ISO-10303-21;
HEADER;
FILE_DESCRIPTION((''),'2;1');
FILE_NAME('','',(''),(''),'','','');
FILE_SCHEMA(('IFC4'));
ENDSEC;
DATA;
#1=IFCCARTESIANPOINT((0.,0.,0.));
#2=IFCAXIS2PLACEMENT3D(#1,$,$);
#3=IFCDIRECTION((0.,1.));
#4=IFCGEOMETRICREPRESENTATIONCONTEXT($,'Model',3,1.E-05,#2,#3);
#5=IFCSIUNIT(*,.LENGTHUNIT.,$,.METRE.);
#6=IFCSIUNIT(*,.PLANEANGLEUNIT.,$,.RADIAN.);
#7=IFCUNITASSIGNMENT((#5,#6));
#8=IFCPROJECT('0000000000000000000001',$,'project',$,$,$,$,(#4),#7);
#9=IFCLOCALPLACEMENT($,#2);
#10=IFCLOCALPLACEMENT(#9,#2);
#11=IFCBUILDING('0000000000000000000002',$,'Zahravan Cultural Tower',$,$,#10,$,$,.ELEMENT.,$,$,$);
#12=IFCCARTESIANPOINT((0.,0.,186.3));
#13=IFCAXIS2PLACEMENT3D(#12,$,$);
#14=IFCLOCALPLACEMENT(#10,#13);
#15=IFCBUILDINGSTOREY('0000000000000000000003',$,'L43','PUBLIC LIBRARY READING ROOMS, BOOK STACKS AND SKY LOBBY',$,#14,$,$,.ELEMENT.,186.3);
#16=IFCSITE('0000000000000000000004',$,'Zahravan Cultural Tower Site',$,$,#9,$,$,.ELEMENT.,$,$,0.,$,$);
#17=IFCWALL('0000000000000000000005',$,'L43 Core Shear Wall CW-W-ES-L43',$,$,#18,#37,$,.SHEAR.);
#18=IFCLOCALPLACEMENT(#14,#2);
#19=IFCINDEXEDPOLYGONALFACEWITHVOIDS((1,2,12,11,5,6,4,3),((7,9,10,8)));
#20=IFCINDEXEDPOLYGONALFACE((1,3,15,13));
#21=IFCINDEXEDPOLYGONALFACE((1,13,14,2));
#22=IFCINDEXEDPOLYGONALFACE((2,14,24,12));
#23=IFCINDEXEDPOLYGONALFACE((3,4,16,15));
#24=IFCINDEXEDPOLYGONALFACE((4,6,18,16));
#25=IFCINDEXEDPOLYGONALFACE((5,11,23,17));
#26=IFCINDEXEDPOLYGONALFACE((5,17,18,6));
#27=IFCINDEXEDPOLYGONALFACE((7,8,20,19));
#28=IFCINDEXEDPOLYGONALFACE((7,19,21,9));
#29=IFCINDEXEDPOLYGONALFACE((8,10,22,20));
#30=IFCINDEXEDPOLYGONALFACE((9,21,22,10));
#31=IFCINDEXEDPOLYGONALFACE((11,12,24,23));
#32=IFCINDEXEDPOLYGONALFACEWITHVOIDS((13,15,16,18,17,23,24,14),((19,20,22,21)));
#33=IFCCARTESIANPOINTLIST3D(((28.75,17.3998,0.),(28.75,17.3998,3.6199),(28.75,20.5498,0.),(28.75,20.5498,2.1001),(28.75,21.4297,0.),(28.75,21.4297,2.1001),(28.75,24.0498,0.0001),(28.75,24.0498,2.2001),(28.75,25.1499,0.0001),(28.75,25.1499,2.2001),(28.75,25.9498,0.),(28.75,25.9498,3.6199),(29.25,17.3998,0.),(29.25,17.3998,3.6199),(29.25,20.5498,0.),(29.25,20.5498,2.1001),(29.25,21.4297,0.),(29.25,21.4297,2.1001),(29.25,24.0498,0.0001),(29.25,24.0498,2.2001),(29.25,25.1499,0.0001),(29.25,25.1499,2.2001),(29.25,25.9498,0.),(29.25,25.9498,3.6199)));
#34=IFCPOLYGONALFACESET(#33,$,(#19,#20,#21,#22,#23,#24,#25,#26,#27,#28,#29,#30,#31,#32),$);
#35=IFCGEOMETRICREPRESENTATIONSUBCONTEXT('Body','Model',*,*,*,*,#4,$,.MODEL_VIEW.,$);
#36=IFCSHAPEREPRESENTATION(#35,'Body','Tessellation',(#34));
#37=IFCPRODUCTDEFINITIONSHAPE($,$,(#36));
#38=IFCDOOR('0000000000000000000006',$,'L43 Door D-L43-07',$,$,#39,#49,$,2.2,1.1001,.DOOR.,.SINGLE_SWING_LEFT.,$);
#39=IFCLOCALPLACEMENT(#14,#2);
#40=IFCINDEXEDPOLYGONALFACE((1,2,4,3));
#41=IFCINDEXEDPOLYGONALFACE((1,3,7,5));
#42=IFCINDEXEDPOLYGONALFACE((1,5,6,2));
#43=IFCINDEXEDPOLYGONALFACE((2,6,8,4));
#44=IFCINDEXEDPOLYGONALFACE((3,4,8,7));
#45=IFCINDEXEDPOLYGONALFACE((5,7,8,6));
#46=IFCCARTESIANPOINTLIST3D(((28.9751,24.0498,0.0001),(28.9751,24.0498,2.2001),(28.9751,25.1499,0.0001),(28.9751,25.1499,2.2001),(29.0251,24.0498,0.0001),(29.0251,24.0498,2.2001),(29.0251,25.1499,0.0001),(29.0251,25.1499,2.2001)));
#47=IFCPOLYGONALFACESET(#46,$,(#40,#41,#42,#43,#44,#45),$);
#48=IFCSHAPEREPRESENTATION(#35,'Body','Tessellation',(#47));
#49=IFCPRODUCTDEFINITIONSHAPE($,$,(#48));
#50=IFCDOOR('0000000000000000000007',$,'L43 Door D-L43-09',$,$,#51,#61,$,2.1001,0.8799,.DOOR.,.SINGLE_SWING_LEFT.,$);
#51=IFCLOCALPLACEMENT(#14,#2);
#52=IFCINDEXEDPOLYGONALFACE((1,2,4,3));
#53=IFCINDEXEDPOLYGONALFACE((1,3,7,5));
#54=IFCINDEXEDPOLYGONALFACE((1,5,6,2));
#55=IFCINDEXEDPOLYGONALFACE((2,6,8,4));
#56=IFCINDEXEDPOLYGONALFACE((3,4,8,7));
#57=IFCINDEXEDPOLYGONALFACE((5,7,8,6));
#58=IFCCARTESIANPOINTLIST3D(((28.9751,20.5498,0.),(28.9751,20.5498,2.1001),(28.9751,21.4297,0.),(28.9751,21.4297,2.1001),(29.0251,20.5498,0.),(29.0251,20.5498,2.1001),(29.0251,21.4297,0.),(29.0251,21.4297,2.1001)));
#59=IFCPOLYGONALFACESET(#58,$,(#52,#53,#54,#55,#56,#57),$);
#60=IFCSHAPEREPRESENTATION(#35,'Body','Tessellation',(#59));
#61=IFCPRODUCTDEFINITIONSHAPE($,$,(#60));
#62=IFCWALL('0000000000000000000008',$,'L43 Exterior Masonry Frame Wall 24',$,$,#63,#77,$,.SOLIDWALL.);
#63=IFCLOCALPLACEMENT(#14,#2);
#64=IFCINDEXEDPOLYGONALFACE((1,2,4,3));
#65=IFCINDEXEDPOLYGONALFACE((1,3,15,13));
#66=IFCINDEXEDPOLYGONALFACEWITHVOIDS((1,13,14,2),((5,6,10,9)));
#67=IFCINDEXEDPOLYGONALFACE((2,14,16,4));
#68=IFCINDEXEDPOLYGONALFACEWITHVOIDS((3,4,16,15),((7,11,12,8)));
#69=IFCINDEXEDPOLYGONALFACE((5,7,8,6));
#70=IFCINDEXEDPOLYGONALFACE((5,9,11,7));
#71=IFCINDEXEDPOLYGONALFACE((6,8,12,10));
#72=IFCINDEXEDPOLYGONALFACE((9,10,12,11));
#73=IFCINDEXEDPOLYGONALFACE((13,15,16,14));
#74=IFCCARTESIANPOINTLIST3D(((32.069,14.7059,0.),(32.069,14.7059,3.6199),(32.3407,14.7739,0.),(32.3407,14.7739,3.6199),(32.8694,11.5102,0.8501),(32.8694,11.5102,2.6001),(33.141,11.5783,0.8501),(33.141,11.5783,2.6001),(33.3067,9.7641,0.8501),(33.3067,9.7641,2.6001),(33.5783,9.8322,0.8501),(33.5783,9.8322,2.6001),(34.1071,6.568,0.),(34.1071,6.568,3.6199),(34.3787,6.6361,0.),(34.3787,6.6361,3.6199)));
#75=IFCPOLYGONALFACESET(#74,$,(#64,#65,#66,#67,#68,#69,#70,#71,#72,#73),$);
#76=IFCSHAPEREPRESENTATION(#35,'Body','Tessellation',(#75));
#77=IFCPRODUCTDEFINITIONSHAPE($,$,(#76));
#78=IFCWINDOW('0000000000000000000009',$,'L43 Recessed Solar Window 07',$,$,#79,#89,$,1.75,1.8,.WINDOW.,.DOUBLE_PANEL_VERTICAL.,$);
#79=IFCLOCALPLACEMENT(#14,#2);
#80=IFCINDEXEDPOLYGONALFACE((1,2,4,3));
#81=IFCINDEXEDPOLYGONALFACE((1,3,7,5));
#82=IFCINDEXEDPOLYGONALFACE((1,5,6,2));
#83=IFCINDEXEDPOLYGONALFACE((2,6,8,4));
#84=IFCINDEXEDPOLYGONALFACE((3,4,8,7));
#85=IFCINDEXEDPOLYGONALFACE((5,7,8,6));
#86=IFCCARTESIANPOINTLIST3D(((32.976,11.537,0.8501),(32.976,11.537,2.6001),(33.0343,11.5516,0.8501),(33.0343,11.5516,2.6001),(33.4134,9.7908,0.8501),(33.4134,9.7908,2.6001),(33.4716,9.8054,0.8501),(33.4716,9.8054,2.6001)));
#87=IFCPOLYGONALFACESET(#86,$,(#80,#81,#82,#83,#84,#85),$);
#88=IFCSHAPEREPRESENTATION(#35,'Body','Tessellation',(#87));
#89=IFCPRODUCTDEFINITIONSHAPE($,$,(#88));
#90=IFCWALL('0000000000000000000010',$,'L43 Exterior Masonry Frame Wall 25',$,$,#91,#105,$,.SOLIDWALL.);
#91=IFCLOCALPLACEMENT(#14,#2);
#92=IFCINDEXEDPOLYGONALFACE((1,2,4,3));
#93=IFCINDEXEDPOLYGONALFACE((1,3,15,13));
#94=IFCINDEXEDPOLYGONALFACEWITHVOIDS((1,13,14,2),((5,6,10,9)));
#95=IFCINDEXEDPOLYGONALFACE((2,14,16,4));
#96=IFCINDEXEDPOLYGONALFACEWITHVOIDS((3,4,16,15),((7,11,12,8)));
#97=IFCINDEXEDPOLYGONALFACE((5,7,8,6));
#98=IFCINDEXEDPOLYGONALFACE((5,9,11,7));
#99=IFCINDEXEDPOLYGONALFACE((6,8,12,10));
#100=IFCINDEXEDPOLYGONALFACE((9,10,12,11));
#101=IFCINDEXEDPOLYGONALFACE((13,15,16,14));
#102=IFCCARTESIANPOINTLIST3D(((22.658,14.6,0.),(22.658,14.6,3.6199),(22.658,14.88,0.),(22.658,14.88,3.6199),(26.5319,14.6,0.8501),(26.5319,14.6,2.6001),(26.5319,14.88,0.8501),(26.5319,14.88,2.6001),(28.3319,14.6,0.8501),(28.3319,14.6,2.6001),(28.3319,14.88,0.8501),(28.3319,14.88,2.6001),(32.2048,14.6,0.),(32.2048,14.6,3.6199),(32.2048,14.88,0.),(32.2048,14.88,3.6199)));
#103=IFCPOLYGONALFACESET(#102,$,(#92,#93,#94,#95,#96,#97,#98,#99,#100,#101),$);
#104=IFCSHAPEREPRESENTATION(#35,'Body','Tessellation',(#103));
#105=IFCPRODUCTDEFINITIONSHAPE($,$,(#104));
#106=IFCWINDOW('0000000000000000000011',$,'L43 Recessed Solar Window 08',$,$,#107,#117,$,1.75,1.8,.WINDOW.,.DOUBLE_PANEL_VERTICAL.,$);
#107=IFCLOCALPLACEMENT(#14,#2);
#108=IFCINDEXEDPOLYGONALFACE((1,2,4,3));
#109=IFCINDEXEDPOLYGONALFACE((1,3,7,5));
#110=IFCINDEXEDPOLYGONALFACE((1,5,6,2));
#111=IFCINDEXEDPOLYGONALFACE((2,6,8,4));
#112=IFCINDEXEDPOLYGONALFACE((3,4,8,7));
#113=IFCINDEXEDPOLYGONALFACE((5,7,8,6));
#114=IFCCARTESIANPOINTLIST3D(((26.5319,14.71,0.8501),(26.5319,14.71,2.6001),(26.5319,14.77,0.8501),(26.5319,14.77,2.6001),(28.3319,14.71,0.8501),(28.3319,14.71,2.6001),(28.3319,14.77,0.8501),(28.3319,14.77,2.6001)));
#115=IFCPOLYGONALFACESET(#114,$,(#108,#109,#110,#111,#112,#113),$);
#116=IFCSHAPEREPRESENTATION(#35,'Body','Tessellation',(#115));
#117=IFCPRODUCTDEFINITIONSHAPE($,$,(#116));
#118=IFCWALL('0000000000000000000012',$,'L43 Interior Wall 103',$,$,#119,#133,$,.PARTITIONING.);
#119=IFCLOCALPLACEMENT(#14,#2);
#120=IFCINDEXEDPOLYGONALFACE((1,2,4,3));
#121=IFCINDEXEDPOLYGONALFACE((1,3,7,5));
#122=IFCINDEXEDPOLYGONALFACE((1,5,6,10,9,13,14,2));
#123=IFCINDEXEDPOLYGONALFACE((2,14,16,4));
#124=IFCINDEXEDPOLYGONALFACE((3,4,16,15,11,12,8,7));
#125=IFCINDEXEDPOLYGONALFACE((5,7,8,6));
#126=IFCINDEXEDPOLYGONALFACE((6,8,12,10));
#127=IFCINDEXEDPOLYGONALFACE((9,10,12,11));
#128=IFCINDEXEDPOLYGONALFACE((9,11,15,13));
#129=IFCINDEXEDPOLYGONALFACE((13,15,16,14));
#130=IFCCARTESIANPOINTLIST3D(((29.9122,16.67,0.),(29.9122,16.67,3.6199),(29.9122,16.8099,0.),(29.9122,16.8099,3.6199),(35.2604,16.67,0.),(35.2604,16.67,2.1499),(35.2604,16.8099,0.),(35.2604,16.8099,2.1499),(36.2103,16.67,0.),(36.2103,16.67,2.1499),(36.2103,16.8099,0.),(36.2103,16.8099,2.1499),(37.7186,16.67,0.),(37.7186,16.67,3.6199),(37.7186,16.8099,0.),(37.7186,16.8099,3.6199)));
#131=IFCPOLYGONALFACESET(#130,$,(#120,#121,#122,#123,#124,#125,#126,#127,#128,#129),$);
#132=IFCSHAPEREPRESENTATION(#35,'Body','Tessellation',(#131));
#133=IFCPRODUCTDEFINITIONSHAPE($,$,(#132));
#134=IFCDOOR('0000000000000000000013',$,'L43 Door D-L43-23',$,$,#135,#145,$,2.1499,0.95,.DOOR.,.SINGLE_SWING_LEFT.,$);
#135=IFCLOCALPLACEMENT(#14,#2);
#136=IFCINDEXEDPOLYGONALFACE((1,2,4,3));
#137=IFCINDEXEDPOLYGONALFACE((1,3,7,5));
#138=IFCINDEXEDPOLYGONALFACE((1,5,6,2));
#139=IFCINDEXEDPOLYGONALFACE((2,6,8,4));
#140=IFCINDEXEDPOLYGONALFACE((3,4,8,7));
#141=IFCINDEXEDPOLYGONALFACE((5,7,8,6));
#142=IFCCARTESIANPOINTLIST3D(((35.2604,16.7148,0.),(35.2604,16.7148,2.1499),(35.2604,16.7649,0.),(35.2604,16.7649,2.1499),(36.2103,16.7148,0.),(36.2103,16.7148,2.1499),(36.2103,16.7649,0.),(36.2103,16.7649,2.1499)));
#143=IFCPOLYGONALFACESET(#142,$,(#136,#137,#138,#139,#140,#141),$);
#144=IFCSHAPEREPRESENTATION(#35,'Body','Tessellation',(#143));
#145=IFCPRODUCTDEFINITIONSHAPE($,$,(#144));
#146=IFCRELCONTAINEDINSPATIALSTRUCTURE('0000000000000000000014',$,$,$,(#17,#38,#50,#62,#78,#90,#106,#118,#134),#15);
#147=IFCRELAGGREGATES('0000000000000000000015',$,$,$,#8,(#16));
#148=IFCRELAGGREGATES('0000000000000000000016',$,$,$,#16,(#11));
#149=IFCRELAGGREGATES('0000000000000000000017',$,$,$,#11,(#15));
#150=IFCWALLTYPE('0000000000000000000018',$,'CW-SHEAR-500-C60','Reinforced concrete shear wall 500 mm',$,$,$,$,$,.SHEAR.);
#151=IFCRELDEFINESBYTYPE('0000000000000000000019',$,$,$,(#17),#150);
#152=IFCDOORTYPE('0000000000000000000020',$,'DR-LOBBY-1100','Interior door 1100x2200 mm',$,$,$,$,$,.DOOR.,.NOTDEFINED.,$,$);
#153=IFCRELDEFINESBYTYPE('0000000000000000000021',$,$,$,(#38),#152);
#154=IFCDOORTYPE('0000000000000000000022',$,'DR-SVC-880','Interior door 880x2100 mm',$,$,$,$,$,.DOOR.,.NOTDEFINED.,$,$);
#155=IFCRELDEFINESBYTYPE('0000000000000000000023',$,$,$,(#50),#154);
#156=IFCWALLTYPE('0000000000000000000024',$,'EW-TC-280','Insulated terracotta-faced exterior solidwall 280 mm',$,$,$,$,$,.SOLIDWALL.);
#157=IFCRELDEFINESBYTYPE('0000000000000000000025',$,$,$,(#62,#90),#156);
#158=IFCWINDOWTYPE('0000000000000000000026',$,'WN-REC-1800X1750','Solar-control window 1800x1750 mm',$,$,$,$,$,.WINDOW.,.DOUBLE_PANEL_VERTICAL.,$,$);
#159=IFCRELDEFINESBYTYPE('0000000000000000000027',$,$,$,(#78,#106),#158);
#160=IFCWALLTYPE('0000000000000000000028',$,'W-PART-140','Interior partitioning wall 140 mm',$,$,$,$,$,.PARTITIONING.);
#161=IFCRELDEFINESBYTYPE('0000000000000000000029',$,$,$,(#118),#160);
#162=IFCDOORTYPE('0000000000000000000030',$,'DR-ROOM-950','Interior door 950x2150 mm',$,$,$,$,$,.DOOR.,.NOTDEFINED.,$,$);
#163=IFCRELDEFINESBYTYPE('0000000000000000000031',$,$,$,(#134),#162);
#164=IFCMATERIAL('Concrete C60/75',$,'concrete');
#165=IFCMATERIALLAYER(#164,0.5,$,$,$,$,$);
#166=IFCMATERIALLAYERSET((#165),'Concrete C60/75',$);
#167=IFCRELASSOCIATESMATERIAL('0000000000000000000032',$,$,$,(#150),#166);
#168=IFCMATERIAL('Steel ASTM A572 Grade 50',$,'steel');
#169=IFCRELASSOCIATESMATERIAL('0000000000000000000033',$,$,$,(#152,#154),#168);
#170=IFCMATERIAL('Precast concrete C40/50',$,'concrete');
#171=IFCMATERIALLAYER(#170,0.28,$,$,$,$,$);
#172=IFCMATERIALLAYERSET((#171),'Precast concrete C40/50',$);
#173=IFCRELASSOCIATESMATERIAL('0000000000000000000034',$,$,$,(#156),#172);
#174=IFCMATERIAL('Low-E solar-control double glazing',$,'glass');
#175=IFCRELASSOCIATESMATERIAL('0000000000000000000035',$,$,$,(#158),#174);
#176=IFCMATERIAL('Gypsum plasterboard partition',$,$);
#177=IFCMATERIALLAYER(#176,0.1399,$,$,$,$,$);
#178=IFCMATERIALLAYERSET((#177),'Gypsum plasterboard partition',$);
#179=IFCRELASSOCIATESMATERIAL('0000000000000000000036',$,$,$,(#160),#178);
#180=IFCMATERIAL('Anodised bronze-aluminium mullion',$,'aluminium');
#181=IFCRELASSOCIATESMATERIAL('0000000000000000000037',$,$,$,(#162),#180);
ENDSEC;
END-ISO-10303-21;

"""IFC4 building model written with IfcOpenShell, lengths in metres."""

from ifc_helpers import new_model, si_unit, direction, frame, frame_2d, origin, place, context, subcontext, project, spatial, rectangle, extrude, source, transform, mapped, material, layer, layer_set, type_object, element, fill, save


model = new_model("IFC4")

# Units and contexts
model_context = context("Model", 3, precision=1e-05, world=origin(), true_north=direction((0.0, 1.0)))
body_context = subcontext(model_context, "Body", "Model", "MODEL_VIEW")
ifc_project = project(units=[si_unit("LENGTHUNIT", "METRE"), si_unit("PLANEANGLEUNIT", "RADIAN")], contexts=[model_context])

# Site, building, storey
site_placement = place(None, origin())
site = spatial("IfcSite", under=ifc_project, at=site_placement, Name="Zahravan Cultural Tower Site", CompositionType="ELEMENT", RefElevation=0.0)
building_placement = place(site_placement, origin())
building = spatial("IfcBuilding", under=site, at=building_placement, Name="Zahravan Cultural Tower", CompositionType="ELEMENT")
storey_placement = place(building_placement, frame((0.0, 0.0, 186.3)))
storey = spatial("IfcBuildingStorey", under=building, at=storey_placement, Name="L43", Description="PUBLIC LIBRARY READING ROOMS, BOOK STACKS AND SKY LOBBY", CompositionType="ELEMENT", Elevation=186.3)

# Wall, openings, doors
ifc_material_1 = material(Name="Concrete C60/75", Category="concrete")
ifc_layer_1 = layer(ifc_material_1, 0.5)
ifc_layer_set_1 = layer_set([ifc_layer_1], Name="Concrete C60/75")
wall_type_1 = type_object("IfcWallType", Name="CW-SHEAR-500-C60", Description="Reinforced concrete shear wall 500 mm", PredefinedType="SHEAR", material=ifc_layer_set_1)
wall_1_placement = place(storey_placement, frame((29.0, 17.3999, 0.0), z_axis=(0.0, 0.0, 1.0), x_axis=(0.0, 1.0, 0.0)))
wall_1 = element("IfcWall", 1, at=wall_1_placement, inside=storey, type_object=wall_type_1, Name="L43 Core Shear Wall CW-W-ES-L43", PredefinedType="SHEAR", context=body_context, shape_type="SweptSolid", body=[
    extrude(rectangle(XDim=8.55, YDim=0.5, at=frame_2d((4.2749, 0.0))), origin(), (0.0, 0.0, 1.0), 3.6199),
])
opening_1_placement = place(wall_1_placement, frame((6.6499, 0.0, 0.0)))
opening_1 = element("IfcOpeningElement", 2, at=opening_1_placement, cuts=wall_1, PredefinedType="OPENING", context=body_context, shape_type="SweptSolid", body=[
    extrude(rectangle(XDim=1.1001, YDim=2.2, at=frame_2d((0.55, 1.1001))), frame((0.0, 0.26, 0.0), z_axis=(0.0, -1.0, 0.0), x_axis=(1.0, 0.0, 0.0)), (0.0, 0.0, 1.0), 0.52),
])
opening_2_placement = place(wall_1_placement, frame((3.1499, 0.0, 0.0)))
opening_2 = element("IfcOpeningElement", 3, at=opening_2_placement, cuts=wall_1, PredefinedType="OPENING", context=body_context, shape_type="SweptSolid", body=[
    extrude(rectangle(XDim=0.8799, YDim=2.1001, at=frame_2d((0.4399, 1.05))), frame((0.0, 0.26, 0.0), z_axis=(0.0, -1.0, 0.0), x_axis=(1.0, 0.0, 0.0)), (0.0, 0.0, 1.0), 0.52),
])
ifc_material_2 = material(Name="Steel ASTM A572 Grade 50", Category="steel")
door_type_1 = type_object("IfcDoorType", Name="DR-LOBBY-1100", Description="Interior door 1100x2200 mm", OperationType="NOTDEFINED", PredefinedType="DOOR", material=ifc_material_2)
shared_shape_1 = source(origin(), body_context, "Body", "SweptSolid", [
    extrude(rectangle(XDim=1.1001, YDim=2.2, at=frame_2d((0.55, 1.1001))), frame((0.0, 0.0249, 0.0), z_axis=(0.0, -1.0, 0.0), x_axis=(1.0, 0.0, 0.0)), (0.0, 0.0, 1.0), 0.05),
])
door_1_placement = place(opening_1_placement, origin())
door_1 = element("IfcDoor", 4, at=door_1_placement, inside=storey, type_object=door_type_1, Name="L43 Door D-L43-07", OperationType="SINGLE_SWING_LEFT", OverallHeight=2.2, OverallWidth=1.1001, PredefinedType="DOOR", context=body_context, shape_type="MappedRepresentation", body=[
    mapped(shared_shape_1, transform((0.0, 0.0, 0.0), x_axis=(1.0, 0.0, 0.0), y_axis=(0.0, 1.0, 0.0), z_axis=(0.0, 0.0, 1.0), scale=1.0)),
])
fill(opening_1, door_1)
door_type_2 = type_object("IfcDoorType", Name="DR-SVC-880", Description="Interior door 880x2100 mm", OperationType="NOTDEFINED", PredefinedType="DOOR", material=ifc_material_2)
shared_shape_2 = source(origin(), body_context, "Body", "SweptSolid", [
    extrude(rectangle(XDim=0.8799, YDim=2.1001, at=frame_2d((0.4399, 1.05))), frame((0.0, 0.0249, 0.0), z_axis=(0.0, -1.0, 0.0), x_axis=(1.0, 0.0, 0.0)), (0.0, 0.0, 1.0), 0.05),
])
door_2_placement = place(opening_2_placement, origin())
door_2 = element("IfcDoor", 5, at=door_2_placement, inside=storey, type_object=door_type_2, Name="L43 Door D-L43-09", OperationType="SINGLE_SWING_LEFT", OverallHeight=2.1001, OverallWidth=0.8799, PredefinedType="DOOR", context=body_context, shape_type="MappedRepresentation", body=[
    mapped(shared_shape_2, transform((0.0, 0.0, 0.0), x_axis=(1.0, 0.0, 0.0), y_axis=(0.0, 1.0, 0.0), z_axis=(0.0, 0.0, 1.0), scale=1.0)),
])
fill(opening_2, door_2)

# Walls, openings, windows
ifc_material_3 = material(Name="Precast concrete C40/50", Category="concrete")
ifc_layer_2 = layer(ifc_material_3, 0.28)
ifc_layer_set_2 = layer_set([ifc_layer_2], Name="Precast concrete C40/50")
wall_type_2 = type_object("IfcWallType", Name="EW-TC-280", Description="Insulated terracotta-faced exterior solidwall 280 mm", PredefinedType="SOLIDWALL", material=ifc_layer_set_2)
wall_2_placement = place(storey_placement, frame((34.2429, 6.6021, 0.0), z_axis=(0.0, 0.0, 1.0), x_axis=(-0.24294, 0.970041, 0.0)))
wall_2 = element("IfcWall", 6, at=wall_2_placement, inside=storey, type_object=wall_type_2, Name="L43 Exterior Masonry Frame Wall 24", PredefinedType="SOLIDWALL", context=body_context, shape_type="SweptSolid", body=[
    extrude(rectangle(XDim=8.3892, YDim=0.28, at=frame_2d((4.1946, 0.0))), origin(), (0.0, 0.0, 1.0), 3.6199),
])
opening_3_placement = place(wall_2_placement, frame((3.2949, 0.0, 0.8501)))
opening_3 = element("IfcOpeningElement", 7, at=opening_3_placement, cuts=wall_2, PredefinedType="OPENING", context=body_context, shape_type="SweptSolid", body=[
    extrude(rectangle(XDim=1.8, YDim=1.75, at=frame_2d((0.8999, 0.875))), frame((0.0, 0.1499, 0.0), z_axis=(0.0, -1.0, 0.0), x_axis=(1.0, 0.0, 0.0)), (0.0, 0.0, 1.0), 0.3),
])
ifc_material_4 = material(Name="Low-E solar-control double glazing", Category="glass")
window_type = type_object("IfcWindowType", Name="WN-REC-1800X1750", Description="Solar-control window 1800x1750 mm", PartitioningType="DOUBLE_PANEL_VERTICAL", PredefinedType="WINDOW", material=ifc_material_4)
shared_shape_3 = source(origin(), body_context, "Body", "SweptSolid", [
    extrude(rectangle(XDim=1.8, YDim=1.75, at=frame_2d((0.8999, 0.875))), frame((0.0, 0.03, 0.0), z_axis=(0.0, -1.0, 0.0), x_axis=(1.0, 0.0, 0.0)), (0.0, 0.0, 1.0), 0.0601),
])
window_1_placement = place(opening_3_placement, origin())
window_1 = element("IfcWindow", 8, at=window_1_placement, inside=storey, type_object=window_type, Name="L43 Recessed Solar Window 07", OverallHeight=1.75, OverallWidth=1.8, PartitioningType="DOUBLE_PANEL_VERTICAL", PredefinedType="WINDOW", context=body_context, shape_type="MappedRepresentation", body=[
    mapped(shared_shape_3, transform((0.0, 0.0, 0.0), x_axis=(1.0, 0.0, 0.0), y_axis=(0.0, 1.0, 0.0), z_axis=(0.0, 0.0, 1.0), scale=1.0)),
])
fill(opening_3, window_1)
wall_3_placement = place(storey_placement, frame((32.2048, 14.74, 0.0), z_axis=(0.0, 0.0, 1.0), x_axis=(-1.0, 0.0, 0.0)))
wall_3 = element("IfcWall", 9, at=wall_3_placement, inside=storey, type_object=wall_type_2, Name="L43 Exterior Masonry Frame Wall 25", PredefinedType="SOLIDWALL", context=body_context, shape_type="SweptSolid", body=[
    extrude(rectangle(XDim=9.5469, YDim=0.28, at=frame_2d((4.7734, 0.0))), origin(), (0.0, 0.0, 1.0), 3.6199),
])
opening_4_placement = place(wall_3_placement, frame((3.873, 0.0, 0.8501)))
opening_4 = element("IfcOpeningElement", 10, at=opening_4_placement, cuts=wall_3, PredefinedType="OPENING", context=body_context, shape_type="SweptSolid", body=[
    extrude(rectangle(XDim=1.8, YDim=1.75, at=frame_2d((0.8999, 0.875))), frame((0.0, 0.1499, 0.0), z_axis=(0.0, -1.0, 0.0), x_axis=(1.0, 0.0, 0.0)), (0.0, 0.0, 1.0), 0.3),
])
window_2_placement = place(opening_4_placement, origin())
window_2 = element("IfcWindow", 11, at=window_2_placement, inside=storey, type_object=window_type, Name="L43 Recessed Solar Window 08", OverallHeight=1.75, OverallWidth=1.8, PartitioningType="DOUBLE_PANEL_VERTICAL", PredefinedType="WINDOW", context=body_context, shape_type="MappedRepresentation", body=[
    mapped(shared_shape_3, transform((0.0, 0.0, 0.0), x_axis=(1.0, 0.0, 0.0), y_axis=(0.0, 1.0, 0.0), z_axis=(0.0, 0.0, 1.0), scale=1.0)),
])
fill(opening_4, window_2)

# Wall, opening, door
ifc_material_5 = material(Name="Gypsum plasterboard partition")
ifc_layer_3 = layer(ifc_material_5, 0.1399)
ifc_layer_set_3 = layer_set([ifc_layer_3], Name="Gypsum plasterboard partition")
wall_type_3 = type_object("IfcWallType", Name="W-PART-140", Description="Interior partitioning wall 140 mm", PredefinedType="PARTITIONING", material=ifc_layer_set_3)
ifc_material_6 = material(Name="Anodised bronze-aluminium mullion", Category="aluminium")
door_type_3 = type_object("IfcDoorType", Name="DR-ROOM-950", Description="Interior door 950x2150 mm", OperationType="NOTDEFINED", PredefinedType="DOOR", material=ifc_material_6)
shared_shape_4 = source(origin(), body_context, "Body", "SweptSolid", [
    extrude(rectangle(XDim=0.95, YDim=2.1499, at=frame_2d((0.4751, 1.075))), frame((0.0, 0.0249, 0.0), z_axis=(0.0, -1.0, 0.0), x_axis=(1.0, 0.0, 0.0)), (0.0, 0.0, 1.0), 0.05),
])
wall_4_placement = place(storey_placement, frame((29.9121, 16.74, 0.0), z_axis=(0.0, 0.0, 1.0), x_axis=(1.0, 0.0, 0.0)))
wall_4 = element("IfcWall", 12, at=wall_4_placement, inside=storey, type_object=wall_type_3, Name="L43 Interior Wall 103", PredefinedType="PARTITIONING", context=body_context, shape_type="SweptSolid", body=[
    extrude(rectangle(XDim=7.8064, YDim=0.1399, at=frame_2d((3.9033, 0.0))), origin(), (0.0, 0.0, 1.0), 3.6199),
])
opening_5_placement = place(wall_4_placement, frame((5.3481, 0.0, 0.0)))
opening_5 = element("IfcOpeningElement", 13, at=opening_5_placement, cuts=wall_4, PredefinedType="OPENING", context=body_context, shape_type="SweptSolid", body=[
    extrude(rectangle(XDim=0.95, YDim=2.1499, at=frame_2d((0.4751, 1.075))), frame((0.0, 0.0798, 0.0), z_axis=(0.0, -1.0, 0.0), x_axis=(1.0, 0.0, 0.0)), (0.0, 0.0, 1.0), 0.1599),
])
door_3_placement = place(opening_5_placement, origin())
door_3 = element("IfcDoor", 14, at=door_3_placement, inside=storey, type_object=door_type_3, Name="L43 Door D-L43-23", OperationType="SINGLE_SWING_LEFT", OverallHeight=2.1499, OverallWidth=0.95, PredefinedType="DOOR", context=body_context, shape_type="MappedRepresentation", body=[
    mapped(shared_shape_4, transform((0.0, 0.0, 0.0), x_axis=(1.0, 0.0, 0.0), y_axis=(0.0, 1.0, 0.0), z_axis=(0.0, 0.0, 1.0), scale=1.0)),
])
fill(opening_5, door_3)

save(model, "model.ifc")
